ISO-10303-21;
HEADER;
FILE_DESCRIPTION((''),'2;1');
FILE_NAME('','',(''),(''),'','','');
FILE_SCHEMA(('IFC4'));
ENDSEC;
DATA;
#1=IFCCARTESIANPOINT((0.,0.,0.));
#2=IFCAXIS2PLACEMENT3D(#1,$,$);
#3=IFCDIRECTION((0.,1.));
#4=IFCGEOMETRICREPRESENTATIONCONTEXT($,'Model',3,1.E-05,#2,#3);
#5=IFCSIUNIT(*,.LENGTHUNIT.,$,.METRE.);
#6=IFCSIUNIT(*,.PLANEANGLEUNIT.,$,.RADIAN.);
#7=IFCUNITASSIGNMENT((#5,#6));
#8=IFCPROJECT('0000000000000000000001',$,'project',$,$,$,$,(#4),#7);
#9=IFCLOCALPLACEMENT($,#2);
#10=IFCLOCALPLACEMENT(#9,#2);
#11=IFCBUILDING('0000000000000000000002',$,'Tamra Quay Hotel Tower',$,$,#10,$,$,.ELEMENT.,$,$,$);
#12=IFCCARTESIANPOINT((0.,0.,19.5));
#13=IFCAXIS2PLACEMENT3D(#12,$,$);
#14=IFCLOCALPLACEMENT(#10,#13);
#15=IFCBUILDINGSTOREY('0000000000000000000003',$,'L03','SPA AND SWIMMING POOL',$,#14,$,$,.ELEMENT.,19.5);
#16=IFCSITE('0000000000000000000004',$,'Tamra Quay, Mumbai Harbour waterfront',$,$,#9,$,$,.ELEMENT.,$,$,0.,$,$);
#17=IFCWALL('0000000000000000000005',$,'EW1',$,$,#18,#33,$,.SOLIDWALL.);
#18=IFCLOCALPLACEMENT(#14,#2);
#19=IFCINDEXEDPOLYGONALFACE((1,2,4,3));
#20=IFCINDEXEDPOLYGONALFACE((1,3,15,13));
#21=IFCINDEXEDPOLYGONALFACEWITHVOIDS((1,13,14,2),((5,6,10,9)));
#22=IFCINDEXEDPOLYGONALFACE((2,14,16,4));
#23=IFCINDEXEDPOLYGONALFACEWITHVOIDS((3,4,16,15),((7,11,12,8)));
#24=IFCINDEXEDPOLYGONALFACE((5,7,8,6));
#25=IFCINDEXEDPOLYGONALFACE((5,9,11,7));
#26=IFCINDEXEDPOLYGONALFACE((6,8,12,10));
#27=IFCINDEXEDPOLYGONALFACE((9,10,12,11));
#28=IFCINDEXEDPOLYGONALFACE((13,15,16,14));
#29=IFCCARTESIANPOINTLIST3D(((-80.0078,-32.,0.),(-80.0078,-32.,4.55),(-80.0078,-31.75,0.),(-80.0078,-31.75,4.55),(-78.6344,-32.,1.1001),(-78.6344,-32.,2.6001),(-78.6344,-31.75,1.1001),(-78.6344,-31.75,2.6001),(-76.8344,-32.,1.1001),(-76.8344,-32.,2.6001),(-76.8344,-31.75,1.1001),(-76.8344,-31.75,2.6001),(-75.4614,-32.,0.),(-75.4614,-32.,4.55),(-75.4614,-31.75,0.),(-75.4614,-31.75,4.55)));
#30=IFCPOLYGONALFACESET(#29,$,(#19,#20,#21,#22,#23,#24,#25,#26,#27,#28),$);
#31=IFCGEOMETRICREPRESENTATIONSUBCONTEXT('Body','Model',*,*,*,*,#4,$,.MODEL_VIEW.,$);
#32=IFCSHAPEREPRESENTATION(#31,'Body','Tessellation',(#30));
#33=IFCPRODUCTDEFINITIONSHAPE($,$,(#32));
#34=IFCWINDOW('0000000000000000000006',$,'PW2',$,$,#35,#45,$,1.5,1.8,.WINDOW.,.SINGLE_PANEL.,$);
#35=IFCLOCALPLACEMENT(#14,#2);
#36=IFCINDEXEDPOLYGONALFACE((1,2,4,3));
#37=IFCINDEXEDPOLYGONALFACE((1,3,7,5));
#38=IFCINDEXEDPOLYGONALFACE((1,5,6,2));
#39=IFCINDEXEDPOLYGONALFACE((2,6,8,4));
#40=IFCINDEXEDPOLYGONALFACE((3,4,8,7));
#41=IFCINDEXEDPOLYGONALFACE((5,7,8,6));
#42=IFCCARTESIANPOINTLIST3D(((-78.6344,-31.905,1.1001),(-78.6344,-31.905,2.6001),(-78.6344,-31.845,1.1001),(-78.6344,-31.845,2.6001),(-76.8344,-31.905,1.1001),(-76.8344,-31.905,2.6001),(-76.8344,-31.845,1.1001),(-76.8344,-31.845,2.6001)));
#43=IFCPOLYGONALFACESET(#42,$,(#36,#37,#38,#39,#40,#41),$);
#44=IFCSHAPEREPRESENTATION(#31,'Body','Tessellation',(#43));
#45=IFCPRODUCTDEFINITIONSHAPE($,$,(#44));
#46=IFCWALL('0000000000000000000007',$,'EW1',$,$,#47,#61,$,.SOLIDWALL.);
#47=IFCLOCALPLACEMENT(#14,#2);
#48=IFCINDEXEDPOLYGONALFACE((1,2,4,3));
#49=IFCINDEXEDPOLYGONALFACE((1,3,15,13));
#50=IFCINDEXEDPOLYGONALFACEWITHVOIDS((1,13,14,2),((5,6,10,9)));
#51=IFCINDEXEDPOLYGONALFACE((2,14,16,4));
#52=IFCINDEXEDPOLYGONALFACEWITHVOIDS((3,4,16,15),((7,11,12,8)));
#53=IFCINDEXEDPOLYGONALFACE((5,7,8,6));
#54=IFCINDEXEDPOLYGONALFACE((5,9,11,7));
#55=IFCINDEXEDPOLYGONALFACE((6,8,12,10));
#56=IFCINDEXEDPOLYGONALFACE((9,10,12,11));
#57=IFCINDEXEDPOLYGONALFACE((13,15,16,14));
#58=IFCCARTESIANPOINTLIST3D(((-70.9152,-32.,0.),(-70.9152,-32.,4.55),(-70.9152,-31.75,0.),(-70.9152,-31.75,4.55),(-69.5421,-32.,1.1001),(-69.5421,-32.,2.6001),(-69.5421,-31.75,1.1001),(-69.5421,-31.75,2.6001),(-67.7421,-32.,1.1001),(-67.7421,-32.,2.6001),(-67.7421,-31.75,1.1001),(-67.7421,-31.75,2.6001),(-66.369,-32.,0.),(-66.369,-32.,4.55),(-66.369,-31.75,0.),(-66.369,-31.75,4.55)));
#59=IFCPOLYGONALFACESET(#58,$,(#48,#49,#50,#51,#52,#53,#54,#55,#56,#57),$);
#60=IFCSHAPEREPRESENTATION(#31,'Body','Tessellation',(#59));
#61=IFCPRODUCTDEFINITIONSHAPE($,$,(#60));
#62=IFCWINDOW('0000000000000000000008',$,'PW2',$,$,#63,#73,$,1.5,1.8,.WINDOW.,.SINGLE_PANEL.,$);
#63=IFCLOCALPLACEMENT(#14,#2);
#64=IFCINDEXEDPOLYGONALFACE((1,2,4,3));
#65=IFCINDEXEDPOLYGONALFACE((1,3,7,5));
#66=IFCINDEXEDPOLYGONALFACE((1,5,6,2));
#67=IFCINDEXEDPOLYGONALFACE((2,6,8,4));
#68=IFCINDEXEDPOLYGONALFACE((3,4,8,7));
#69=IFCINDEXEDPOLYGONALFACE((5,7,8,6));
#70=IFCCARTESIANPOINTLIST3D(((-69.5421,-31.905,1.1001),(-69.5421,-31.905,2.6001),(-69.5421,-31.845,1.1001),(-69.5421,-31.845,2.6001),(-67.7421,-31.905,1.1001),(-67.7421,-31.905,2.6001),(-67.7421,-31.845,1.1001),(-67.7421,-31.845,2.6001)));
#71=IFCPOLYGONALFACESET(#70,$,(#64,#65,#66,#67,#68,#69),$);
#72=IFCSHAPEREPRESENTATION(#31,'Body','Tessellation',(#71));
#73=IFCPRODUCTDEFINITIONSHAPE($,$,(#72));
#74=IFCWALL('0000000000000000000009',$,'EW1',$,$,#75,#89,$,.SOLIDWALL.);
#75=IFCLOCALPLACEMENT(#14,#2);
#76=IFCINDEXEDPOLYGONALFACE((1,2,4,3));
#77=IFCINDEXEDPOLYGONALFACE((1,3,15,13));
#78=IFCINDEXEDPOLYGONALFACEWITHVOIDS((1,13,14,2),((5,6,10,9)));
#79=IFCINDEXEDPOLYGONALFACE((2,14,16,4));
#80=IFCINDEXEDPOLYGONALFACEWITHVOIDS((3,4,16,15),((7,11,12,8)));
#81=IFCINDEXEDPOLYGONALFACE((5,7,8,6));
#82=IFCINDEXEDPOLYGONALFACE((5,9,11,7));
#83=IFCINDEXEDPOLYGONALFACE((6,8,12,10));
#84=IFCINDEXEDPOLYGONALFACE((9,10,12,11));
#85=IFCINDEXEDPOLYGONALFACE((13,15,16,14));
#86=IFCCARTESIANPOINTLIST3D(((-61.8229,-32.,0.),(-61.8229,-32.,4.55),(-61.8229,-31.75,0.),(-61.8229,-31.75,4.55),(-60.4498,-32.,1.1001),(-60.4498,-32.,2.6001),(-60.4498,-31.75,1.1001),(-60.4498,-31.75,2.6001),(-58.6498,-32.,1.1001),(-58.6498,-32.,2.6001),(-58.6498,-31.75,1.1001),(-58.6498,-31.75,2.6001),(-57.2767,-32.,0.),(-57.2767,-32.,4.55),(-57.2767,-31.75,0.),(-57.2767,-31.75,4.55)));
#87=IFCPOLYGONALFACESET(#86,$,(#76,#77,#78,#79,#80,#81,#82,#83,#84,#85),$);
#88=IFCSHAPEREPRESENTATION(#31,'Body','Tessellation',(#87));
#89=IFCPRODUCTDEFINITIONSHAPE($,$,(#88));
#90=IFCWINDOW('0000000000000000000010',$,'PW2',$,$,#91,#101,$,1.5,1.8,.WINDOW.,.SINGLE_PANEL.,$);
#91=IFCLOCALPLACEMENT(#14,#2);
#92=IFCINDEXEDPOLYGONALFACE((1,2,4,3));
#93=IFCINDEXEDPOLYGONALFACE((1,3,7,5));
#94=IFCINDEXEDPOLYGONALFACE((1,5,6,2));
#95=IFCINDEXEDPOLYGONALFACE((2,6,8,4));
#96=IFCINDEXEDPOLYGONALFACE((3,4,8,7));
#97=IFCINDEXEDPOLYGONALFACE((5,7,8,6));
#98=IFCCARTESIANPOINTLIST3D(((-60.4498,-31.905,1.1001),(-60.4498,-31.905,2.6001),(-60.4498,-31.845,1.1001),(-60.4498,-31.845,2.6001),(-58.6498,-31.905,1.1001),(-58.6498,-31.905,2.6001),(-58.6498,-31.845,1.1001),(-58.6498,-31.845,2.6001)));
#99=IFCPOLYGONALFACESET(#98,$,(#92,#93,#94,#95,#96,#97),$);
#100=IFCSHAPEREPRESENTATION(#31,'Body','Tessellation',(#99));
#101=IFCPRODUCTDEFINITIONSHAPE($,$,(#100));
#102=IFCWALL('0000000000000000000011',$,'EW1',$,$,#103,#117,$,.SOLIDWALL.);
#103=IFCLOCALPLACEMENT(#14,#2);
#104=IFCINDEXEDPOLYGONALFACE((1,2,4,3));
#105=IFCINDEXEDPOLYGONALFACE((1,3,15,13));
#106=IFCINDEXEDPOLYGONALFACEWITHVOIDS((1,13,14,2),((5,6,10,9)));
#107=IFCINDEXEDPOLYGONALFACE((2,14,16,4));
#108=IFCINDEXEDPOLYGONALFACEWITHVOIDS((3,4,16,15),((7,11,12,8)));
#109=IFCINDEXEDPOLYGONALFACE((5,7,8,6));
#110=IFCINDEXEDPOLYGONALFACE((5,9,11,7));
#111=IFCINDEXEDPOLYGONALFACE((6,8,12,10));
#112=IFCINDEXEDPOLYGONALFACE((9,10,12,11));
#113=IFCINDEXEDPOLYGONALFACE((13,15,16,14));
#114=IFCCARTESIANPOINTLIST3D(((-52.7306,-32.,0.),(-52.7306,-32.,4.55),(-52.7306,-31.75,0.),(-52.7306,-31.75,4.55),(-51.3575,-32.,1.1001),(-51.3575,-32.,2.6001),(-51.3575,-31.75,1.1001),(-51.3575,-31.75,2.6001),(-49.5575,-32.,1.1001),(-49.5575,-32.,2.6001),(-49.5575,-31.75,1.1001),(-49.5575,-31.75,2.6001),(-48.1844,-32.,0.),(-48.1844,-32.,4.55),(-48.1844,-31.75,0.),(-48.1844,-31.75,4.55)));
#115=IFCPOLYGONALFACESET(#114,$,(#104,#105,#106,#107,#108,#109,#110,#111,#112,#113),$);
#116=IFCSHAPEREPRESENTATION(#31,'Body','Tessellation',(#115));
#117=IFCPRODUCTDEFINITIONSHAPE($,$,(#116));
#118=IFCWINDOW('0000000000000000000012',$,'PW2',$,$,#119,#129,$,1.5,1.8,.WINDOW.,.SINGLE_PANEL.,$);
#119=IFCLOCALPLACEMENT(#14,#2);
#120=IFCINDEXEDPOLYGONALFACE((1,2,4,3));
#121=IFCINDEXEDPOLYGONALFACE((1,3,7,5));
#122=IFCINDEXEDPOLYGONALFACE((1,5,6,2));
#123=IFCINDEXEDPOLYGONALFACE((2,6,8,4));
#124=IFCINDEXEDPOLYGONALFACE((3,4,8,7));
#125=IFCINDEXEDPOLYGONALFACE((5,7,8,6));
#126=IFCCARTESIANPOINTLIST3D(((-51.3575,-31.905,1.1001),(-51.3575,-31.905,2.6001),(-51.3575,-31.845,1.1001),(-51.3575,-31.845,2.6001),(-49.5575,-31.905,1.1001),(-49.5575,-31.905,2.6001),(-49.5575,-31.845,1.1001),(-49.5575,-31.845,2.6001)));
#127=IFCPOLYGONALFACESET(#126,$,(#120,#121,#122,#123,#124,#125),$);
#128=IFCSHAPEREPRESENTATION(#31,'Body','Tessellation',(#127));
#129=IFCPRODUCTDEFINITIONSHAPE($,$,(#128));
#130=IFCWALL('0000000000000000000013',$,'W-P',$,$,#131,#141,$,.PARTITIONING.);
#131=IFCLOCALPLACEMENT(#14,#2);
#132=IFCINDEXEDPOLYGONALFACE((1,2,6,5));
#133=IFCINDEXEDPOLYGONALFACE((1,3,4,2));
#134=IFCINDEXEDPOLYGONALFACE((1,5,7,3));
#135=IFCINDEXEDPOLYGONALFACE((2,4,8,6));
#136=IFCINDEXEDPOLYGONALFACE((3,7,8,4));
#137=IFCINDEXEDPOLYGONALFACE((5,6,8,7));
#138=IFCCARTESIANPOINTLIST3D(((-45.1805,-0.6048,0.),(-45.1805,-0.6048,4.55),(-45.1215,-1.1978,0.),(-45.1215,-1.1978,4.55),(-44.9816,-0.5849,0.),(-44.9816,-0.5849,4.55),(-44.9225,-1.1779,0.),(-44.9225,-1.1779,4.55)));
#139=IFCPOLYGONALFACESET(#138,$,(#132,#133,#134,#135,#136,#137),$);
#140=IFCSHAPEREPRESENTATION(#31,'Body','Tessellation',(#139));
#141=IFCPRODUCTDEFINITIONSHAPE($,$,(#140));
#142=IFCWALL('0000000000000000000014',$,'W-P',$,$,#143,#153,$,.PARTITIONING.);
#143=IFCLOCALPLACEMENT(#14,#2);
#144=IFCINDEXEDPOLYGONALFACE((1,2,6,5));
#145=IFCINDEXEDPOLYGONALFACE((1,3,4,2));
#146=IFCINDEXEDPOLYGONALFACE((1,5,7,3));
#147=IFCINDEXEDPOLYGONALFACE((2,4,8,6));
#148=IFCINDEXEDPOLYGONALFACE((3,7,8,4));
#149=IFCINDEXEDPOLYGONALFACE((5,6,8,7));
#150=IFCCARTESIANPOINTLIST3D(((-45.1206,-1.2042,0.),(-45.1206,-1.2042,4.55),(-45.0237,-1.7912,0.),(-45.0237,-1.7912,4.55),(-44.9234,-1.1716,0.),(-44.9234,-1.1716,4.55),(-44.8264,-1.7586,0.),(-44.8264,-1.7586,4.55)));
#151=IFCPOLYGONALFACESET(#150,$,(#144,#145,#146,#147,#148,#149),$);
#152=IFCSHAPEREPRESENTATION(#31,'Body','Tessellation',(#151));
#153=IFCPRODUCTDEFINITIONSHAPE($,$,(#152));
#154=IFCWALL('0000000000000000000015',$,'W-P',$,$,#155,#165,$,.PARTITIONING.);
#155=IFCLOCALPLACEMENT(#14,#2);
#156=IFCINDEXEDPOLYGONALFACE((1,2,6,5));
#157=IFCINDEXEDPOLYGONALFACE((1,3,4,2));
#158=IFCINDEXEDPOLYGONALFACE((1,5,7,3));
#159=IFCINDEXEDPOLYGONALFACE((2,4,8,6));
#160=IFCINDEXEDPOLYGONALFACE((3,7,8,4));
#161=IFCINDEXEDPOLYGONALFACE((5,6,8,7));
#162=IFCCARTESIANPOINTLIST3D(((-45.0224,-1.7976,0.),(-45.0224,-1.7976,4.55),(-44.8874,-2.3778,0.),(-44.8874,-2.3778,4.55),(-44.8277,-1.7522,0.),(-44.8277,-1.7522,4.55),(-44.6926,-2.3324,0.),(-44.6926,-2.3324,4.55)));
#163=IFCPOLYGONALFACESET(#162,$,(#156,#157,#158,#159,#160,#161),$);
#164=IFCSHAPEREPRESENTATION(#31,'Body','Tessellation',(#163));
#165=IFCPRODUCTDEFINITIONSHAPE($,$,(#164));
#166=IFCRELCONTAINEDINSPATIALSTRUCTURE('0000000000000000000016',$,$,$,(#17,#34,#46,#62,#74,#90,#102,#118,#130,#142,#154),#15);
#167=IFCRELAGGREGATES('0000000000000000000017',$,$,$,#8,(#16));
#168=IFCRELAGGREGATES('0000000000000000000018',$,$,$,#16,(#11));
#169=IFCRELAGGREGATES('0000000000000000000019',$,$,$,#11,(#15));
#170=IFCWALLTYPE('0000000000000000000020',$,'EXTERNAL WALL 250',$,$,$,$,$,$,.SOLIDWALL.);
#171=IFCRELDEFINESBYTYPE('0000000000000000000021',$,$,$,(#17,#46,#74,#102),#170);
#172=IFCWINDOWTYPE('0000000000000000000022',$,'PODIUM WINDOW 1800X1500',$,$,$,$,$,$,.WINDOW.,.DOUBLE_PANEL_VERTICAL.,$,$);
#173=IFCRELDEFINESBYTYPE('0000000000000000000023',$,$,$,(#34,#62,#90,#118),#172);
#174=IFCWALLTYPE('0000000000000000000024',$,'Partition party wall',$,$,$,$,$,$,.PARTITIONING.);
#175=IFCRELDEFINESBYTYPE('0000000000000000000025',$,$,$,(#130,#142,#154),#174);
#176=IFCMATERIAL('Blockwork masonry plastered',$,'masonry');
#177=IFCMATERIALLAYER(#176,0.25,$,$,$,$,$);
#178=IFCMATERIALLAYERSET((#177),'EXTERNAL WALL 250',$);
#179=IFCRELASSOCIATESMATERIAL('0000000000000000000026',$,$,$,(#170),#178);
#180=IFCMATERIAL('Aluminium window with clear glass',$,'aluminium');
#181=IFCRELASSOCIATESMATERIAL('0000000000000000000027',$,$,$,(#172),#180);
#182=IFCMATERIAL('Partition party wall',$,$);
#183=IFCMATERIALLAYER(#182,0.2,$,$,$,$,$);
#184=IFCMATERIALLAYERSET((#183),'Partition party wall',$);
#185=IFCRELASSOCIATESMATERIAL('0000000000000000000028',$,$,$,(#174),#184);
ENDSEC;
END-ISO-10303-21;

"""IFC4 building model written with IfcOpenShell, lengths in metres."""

from ifc_helpers import new_model, si_unit, direction, frame, frame_2d, origin, place, context, subcontext, project, spatial, rectangle, extrude, material, layer, layer_set, type_object, element, fill, save


model = new_model("IFC4")

# Units and contexts
model_context = context("Model", 3, precision=1e-05, world=origin(), true_north=direction((0.0, 1.0)))
body_context = subcontext(model_context, "Body", "Model", "MODEL_VIEW")
ifc_project = project(units=[si_unit("LENGTHUNIT", "METRE"), si_unit("PLANEANGLEUNIT", "RADIAN")], contexts=[model_context])

# Site, building, storey
site_placement = place(None, origin())
site = spatial("IfcSite", under=ifc_project, at=site_placement, Name="Tamra Quay, Mumbai Harbour waterfront", CompositionType="ELEMENT", RefElevation=0.0)
building_placement = place(site_placement, origin())
building = spatial("IfcBuilding", under=site, at=building_placement, Name="Tamra Quay Hotel Tower", CompositionType="ELEMENT")
storey_placement = place(building_placement, frame((0.0, 0.0, 19.5)))
storey = spatial("IfcBuildingStorey", under=building, at=storey_placement, Name="L03", Description="SPA AND SWIMMING POOL", CompositionType="ELEMENT", Elevation=19.5)

# Walls, openings, windows
ifc_material_1 = material(Name="Blockwork masonry plastered", Category="masonry")
ifc_layer_1 = layer(ifc_material_1, 0.25)
ifc_layer_set_1 = layer_set([ifc_layer_1], Name="EXTERNAL WALL 250")
wall_type_1 = type_object("IfcWallType", Name="EXTERNAL WALL 250", PredefinedType="SOLIDWALL", material=ifc_layer_set_1)
wall_1_placement = place(storey_placement, frame((-75.4614, -31.875, 0.0), z_axis=(0.0, 0.0, 1.0), x_axis=(-1.0, 0.0, 0.0)))
wall_1 = element("IfcWall", 1, at=wall_1_placement, inside=storey, type_object=wall_type_1, Name="EW1", PredefinedType="SOLIDWALL", context=body_context, shape_type="SweptSolid", body=[
    extrude(rectangle(XDim=4.5464, YDim=0.25, at=frame_2d((2.2732, 0.0))), origin(), (0.0, 0.0, 1.0), 4.55),
])
opening_1_placement = place(wall_1_placement, frame((1.373, 0.0, 1.1001)))
opening_1 = element("IfcOpeningElement", 2, at=opening_1_placement, cuts=wall_1, PredefinedType="OPENING", context=body_context, shape_type="SweptSolid", body=[
    extrude(rectangle(XDim=1.8, YDim=1.5, at=frame_2d((0.8999, 0.75))), frame((0.0, 0.135, 0.0), z_axis=(0.0, -1.0, 0.0), x_axis=(1.0, 0.0, 0.0)), (0.0, 0.0, 1.0), 0.27),
])
ifc_material_2 = material(Name="Aluminium window with clear glass", Category="aluminium")
window_type = type_object("IfcWindowType", Name="PODIUM WINDOW 1800X1500", PartitioningType="DOUBLE_PANEL_VERTICAL", PredefinedType="WINDOW", material=ifc_material_2)
window_1_placement = place(opening_1_placement, origin())
window_1 = element("IfcWindow", 3, at=window_1_placement, inside=storey, type_object=window_type, Name="PW2", OverallHeight=1.5, OverallWidth=1.8, PartitioningType="SINGLE_PANEL", PredefinedType="WINDOW", context=body_context, shape_type="SweptSolid", body=[
    extrude(rectangle(XDim=1.8, YDim=1.5, at=frame_2d((0.8999, 0.75))), frame((0.0, 0.03, 0.0), z_axis=(0.0, -1.0, 0.0), x_axis=(1.0, 0.0, 0.0)), (0.0, 0.0, 1.0), 0.0601),
])
fill(opening_1, window_1)
wall_2_placement = place(storey_placement, frame((-66.3691, -31.875, 0.0), z_axis=(0.0, 0.0, 1.0), x_axis=(-1.0, 0.0, 0.0)))
wall_2 = element("IfcWall", 4, at=wall_2_placement, inside=storey, type_object=wall_type_1, Name="EW1", PredefinedType="SOLIDWALL", context=body_context, shape_type="SweptSolid", body=[
    extrude(rectangle(XDim=4.5461, YDim=0.25, at=frame_2d((2.2729, 0.0))), origin(), (0.0, 0.0, 1.0), 4.55),
])
opening_2_placement = place(wall_2_placement, frame((1.373, 0.0, 1.1001)))
opening_2 = element("IfcOpeningElement", 5, at=opening_2_placement, cuts=wall_2, PredefinedType="OPENING", context=body_context, shape_type="SweptSolid", body=[
    extrude(rectangle(XDim=1.8, YDim=1.5, at=frame_2d((0.8999, 0.75))), frame((0.0, 0.135, 0.0), z_axis=(0.0, -1.0, 0.0), x_axis=(1.0, 0.0, 0.0)), (0.0, 0.0, 1.0), 0.27),
])
window_2_placement = place(opening_2_placement, origin())
window_2 = element("IfcWindow", 6, at=window_2_placement, inside=storey, type_object=window_type, Name="PW2", OverallHeight=1.5, OverallWidth=1.8, PartitioningType="SINGLE_PANEL", PredefinedType="WINDOW", context=body_context, shape_type="SweptSolid", body=[
    extrude(rectangle(XDim=1.8, YDim=1.5, at=frame_2d((0.8999, 0.75))), frame((0.0, 0.03, 0.0), z_axis=(0.0, -1.0, 0.0), x_axis=(1.0, 0.0, 0.0)), (0.0, 0.0, 1.0), 0.0601),
])
fill(opening_2, window_2)
wall_3_placement = place(storey_placement, frame((-57.2769, -31.875, 0.0), z_axis=(0.0, 0.0, 1.0), x_axis=(-1.0, 0.0, 0.0)))
wall_3 = element("IfcWall", 7, at=wall_3_placement, inside=storey, type_object=wall_type_1, Name="EW1", PredefinedType="SOLIDWALL", context=body_context, shape_type="SweptSolid", body=[
    extrude(rectangle(XDim=4.5461, YDim=0.25, at=frame_2d((2.2729, 0.0))), origin(), (0.0, 0.0, 1.0), 4.55),
])
opening_3_placement = place(wall_3_placement, frame((1.373, 0.0, 1.1001)))
opening_3 = element("IfcOpeningElement", 8, at=opening_3_placement, cuts=wall_3, PredefinedType="OPENING", context=body_context, shape_type="SweptSolid", body=[
    extrude(rectangle(XDim=1.8, YDim=1.5, at=frame_2d((0.8999, 0.75))), frame((0.0, 0.135, 0.0), z_axis=(0.0, -1.0, 0.0), x_axis=(1.0, 0.0, 0.0)), (0.0, 0.0, 1.0), 0.27),
])
window_3_placement = place(opening_3_placement, origin())
window_3 = element("IfcWindow", 9, at=window_3_placement, inside=storey, type_object=window_type, Name="PW2", OverallHeight=1.5, OverallWidth=1.8, PartitioningType="SINGLE_PANEL", PredefinedType="WINDOW", context=body_context, shape_type="SweptSolid", body=[
    extrude(rectangle(XDim=1.8, YDim=1.5, at=frame_2d((0.8999, 0.75))), frame((0.0, 0.03, 0.0), z_axis=(0.0, -1.0, 0.0), x_axis=(1.0, 0.0, 0.0)), (0.0, 0.0, 1.0), 0.0601),
])
fill(opening_3, window_3)
wall_4_placement = place(storey_placement, frame((-48.1846, -31.875, 0.0), z_axis=(0.0, 0.0, 1.0), x_axis=(-1.0, 0.0, 0.0)))
wall_4 = element("IfcWall", 10, at=wall_4_placement, inside=storey, type_object=wall_type_1, Name="EW1", PredefinedType="SOLIDWALL", context=body_context, shape_type="SweptSolid", body=[
    extrude(rectangle(XDim=4.5461, YDim=0.25, at=frame_2d((2.2729, 0.0))), origin(), (0.0, 0.0, 1.0), 4.55),
])
opening_4_placement = place(wall_4_placement, frame((1.373, 0.0, 1.1001)))
opening_4 = element("IfcOpeningElement", 11, at=opening_4_placement, cuts=wall_4, PredefinedType="OPENING", context=body_context, shape_type="SweptSolid", body=[
    extrude(rectangle(XDim=1.8, YDim=1.5, at=frame_2d((0.8999, 0.75))), frame((0.0, 0.135, 0.0), z_axis=(0.0, -1.0, 0.0), x_axis=(1.0, 0.0, 0.0)), (0.0, 0.0, 1.0), 0.27),
])
window_4_placement = place(opening_4_placement, origin())
window_4 = element("IfcWindow", 12, at=window_4_placement, inside=storey, type_object=window_type, Name="PW2", OverallHeight=1.5, OverallWidth=1.8, PartitioningType="SINGLE_PANEL", PredefinedType="WINDOW", context=body_context, shape_type="SweptSolid", body=[
    extrude(rectangle(XDim=1.8, YDim=1.5, at=frame_2d((0.8999, 0.75))), frame((0.0, 0.03, 0.0), z_axis=(0.0, -1.0, 0.0), x_axis=(1.0, 0.0, 0.0)), (0.0, 0.0, 1.0), 0.0601),
])
fill(opening_4, window_4)

# Walls
ifc_material_3 = material(Name="Partition party wall")
ifc_layer_2 = layer(ifc_material_3, 0.2)
ifc_layer_set_2 = layer_set([ifc_layer_2], Name="Partition party wall")
wall_type_2 = type_object("IfcWallType", Name="Partition party wall", PredefinedType="PARTITIONING", material=ifc_layer_set_2)
wall_5_placement = place(storey_placement, frame((-45.0811, -0.595, 0.0), z_axis=(0.0, 0.0, 1.0), x_axis=(0.099139, -0.995074, 0.0)))
element("IfcWall", 13, at=wall_5_placement, inside=storey, type_object=wall_type_2, Name="W-P", PredefinedType="PARTITIONING", context=body_context, shape_type="SweptSolid", body=[
    extrude(rectangle(XDim=0.5959, YDim=0.2, at=frame_2d((0.2979, 0.0))), origin(), (0.0, 0.0, 1.0), 4.55),
])
wall_6_placement = place(storey_placement, frame((-45.022, -1.188, 0.0), z_axis=(0.0, 0.0, 1.0), x_axis=(0.162935, -0.986637, 0.0)))
element("IfcWall", 14, at=wall_6_placement, inside=storey, type_object=wall_type_2, Name="W-P", PredefinedType="PARTITIONING", context=body_context, shape_type="SweptSolid", body=[
    extrude(rectangle(XDim=0.595, YDim=0.2, at=frame_2d((0.2974, 0.0))), origin(), (0.0, 0.0, 1.0), 4.55),
])
wall_7_placement = place(storey_placement, frame((-44.925, -1.7749, 0.0), z_axis=(0.0, 0.0, 1.0), x_axis=(0.226685, -0.973968, 0.0)))
element("IfcWall", 15, at=wall_7_placement, inside=storey, type_object=wall_type_2, Name="W-P", PredefinedType="PARTITIONING", context=body_context, shape_type="SweptSolid", body=[
    extrude(rectangle(XDim=0.5957, YDim=0.2, at=frame_2d((0.2979, 0.0))), origin(), (0.0, 0.0, 1.0), 4.55),
])

save(model, "model.ifc")
